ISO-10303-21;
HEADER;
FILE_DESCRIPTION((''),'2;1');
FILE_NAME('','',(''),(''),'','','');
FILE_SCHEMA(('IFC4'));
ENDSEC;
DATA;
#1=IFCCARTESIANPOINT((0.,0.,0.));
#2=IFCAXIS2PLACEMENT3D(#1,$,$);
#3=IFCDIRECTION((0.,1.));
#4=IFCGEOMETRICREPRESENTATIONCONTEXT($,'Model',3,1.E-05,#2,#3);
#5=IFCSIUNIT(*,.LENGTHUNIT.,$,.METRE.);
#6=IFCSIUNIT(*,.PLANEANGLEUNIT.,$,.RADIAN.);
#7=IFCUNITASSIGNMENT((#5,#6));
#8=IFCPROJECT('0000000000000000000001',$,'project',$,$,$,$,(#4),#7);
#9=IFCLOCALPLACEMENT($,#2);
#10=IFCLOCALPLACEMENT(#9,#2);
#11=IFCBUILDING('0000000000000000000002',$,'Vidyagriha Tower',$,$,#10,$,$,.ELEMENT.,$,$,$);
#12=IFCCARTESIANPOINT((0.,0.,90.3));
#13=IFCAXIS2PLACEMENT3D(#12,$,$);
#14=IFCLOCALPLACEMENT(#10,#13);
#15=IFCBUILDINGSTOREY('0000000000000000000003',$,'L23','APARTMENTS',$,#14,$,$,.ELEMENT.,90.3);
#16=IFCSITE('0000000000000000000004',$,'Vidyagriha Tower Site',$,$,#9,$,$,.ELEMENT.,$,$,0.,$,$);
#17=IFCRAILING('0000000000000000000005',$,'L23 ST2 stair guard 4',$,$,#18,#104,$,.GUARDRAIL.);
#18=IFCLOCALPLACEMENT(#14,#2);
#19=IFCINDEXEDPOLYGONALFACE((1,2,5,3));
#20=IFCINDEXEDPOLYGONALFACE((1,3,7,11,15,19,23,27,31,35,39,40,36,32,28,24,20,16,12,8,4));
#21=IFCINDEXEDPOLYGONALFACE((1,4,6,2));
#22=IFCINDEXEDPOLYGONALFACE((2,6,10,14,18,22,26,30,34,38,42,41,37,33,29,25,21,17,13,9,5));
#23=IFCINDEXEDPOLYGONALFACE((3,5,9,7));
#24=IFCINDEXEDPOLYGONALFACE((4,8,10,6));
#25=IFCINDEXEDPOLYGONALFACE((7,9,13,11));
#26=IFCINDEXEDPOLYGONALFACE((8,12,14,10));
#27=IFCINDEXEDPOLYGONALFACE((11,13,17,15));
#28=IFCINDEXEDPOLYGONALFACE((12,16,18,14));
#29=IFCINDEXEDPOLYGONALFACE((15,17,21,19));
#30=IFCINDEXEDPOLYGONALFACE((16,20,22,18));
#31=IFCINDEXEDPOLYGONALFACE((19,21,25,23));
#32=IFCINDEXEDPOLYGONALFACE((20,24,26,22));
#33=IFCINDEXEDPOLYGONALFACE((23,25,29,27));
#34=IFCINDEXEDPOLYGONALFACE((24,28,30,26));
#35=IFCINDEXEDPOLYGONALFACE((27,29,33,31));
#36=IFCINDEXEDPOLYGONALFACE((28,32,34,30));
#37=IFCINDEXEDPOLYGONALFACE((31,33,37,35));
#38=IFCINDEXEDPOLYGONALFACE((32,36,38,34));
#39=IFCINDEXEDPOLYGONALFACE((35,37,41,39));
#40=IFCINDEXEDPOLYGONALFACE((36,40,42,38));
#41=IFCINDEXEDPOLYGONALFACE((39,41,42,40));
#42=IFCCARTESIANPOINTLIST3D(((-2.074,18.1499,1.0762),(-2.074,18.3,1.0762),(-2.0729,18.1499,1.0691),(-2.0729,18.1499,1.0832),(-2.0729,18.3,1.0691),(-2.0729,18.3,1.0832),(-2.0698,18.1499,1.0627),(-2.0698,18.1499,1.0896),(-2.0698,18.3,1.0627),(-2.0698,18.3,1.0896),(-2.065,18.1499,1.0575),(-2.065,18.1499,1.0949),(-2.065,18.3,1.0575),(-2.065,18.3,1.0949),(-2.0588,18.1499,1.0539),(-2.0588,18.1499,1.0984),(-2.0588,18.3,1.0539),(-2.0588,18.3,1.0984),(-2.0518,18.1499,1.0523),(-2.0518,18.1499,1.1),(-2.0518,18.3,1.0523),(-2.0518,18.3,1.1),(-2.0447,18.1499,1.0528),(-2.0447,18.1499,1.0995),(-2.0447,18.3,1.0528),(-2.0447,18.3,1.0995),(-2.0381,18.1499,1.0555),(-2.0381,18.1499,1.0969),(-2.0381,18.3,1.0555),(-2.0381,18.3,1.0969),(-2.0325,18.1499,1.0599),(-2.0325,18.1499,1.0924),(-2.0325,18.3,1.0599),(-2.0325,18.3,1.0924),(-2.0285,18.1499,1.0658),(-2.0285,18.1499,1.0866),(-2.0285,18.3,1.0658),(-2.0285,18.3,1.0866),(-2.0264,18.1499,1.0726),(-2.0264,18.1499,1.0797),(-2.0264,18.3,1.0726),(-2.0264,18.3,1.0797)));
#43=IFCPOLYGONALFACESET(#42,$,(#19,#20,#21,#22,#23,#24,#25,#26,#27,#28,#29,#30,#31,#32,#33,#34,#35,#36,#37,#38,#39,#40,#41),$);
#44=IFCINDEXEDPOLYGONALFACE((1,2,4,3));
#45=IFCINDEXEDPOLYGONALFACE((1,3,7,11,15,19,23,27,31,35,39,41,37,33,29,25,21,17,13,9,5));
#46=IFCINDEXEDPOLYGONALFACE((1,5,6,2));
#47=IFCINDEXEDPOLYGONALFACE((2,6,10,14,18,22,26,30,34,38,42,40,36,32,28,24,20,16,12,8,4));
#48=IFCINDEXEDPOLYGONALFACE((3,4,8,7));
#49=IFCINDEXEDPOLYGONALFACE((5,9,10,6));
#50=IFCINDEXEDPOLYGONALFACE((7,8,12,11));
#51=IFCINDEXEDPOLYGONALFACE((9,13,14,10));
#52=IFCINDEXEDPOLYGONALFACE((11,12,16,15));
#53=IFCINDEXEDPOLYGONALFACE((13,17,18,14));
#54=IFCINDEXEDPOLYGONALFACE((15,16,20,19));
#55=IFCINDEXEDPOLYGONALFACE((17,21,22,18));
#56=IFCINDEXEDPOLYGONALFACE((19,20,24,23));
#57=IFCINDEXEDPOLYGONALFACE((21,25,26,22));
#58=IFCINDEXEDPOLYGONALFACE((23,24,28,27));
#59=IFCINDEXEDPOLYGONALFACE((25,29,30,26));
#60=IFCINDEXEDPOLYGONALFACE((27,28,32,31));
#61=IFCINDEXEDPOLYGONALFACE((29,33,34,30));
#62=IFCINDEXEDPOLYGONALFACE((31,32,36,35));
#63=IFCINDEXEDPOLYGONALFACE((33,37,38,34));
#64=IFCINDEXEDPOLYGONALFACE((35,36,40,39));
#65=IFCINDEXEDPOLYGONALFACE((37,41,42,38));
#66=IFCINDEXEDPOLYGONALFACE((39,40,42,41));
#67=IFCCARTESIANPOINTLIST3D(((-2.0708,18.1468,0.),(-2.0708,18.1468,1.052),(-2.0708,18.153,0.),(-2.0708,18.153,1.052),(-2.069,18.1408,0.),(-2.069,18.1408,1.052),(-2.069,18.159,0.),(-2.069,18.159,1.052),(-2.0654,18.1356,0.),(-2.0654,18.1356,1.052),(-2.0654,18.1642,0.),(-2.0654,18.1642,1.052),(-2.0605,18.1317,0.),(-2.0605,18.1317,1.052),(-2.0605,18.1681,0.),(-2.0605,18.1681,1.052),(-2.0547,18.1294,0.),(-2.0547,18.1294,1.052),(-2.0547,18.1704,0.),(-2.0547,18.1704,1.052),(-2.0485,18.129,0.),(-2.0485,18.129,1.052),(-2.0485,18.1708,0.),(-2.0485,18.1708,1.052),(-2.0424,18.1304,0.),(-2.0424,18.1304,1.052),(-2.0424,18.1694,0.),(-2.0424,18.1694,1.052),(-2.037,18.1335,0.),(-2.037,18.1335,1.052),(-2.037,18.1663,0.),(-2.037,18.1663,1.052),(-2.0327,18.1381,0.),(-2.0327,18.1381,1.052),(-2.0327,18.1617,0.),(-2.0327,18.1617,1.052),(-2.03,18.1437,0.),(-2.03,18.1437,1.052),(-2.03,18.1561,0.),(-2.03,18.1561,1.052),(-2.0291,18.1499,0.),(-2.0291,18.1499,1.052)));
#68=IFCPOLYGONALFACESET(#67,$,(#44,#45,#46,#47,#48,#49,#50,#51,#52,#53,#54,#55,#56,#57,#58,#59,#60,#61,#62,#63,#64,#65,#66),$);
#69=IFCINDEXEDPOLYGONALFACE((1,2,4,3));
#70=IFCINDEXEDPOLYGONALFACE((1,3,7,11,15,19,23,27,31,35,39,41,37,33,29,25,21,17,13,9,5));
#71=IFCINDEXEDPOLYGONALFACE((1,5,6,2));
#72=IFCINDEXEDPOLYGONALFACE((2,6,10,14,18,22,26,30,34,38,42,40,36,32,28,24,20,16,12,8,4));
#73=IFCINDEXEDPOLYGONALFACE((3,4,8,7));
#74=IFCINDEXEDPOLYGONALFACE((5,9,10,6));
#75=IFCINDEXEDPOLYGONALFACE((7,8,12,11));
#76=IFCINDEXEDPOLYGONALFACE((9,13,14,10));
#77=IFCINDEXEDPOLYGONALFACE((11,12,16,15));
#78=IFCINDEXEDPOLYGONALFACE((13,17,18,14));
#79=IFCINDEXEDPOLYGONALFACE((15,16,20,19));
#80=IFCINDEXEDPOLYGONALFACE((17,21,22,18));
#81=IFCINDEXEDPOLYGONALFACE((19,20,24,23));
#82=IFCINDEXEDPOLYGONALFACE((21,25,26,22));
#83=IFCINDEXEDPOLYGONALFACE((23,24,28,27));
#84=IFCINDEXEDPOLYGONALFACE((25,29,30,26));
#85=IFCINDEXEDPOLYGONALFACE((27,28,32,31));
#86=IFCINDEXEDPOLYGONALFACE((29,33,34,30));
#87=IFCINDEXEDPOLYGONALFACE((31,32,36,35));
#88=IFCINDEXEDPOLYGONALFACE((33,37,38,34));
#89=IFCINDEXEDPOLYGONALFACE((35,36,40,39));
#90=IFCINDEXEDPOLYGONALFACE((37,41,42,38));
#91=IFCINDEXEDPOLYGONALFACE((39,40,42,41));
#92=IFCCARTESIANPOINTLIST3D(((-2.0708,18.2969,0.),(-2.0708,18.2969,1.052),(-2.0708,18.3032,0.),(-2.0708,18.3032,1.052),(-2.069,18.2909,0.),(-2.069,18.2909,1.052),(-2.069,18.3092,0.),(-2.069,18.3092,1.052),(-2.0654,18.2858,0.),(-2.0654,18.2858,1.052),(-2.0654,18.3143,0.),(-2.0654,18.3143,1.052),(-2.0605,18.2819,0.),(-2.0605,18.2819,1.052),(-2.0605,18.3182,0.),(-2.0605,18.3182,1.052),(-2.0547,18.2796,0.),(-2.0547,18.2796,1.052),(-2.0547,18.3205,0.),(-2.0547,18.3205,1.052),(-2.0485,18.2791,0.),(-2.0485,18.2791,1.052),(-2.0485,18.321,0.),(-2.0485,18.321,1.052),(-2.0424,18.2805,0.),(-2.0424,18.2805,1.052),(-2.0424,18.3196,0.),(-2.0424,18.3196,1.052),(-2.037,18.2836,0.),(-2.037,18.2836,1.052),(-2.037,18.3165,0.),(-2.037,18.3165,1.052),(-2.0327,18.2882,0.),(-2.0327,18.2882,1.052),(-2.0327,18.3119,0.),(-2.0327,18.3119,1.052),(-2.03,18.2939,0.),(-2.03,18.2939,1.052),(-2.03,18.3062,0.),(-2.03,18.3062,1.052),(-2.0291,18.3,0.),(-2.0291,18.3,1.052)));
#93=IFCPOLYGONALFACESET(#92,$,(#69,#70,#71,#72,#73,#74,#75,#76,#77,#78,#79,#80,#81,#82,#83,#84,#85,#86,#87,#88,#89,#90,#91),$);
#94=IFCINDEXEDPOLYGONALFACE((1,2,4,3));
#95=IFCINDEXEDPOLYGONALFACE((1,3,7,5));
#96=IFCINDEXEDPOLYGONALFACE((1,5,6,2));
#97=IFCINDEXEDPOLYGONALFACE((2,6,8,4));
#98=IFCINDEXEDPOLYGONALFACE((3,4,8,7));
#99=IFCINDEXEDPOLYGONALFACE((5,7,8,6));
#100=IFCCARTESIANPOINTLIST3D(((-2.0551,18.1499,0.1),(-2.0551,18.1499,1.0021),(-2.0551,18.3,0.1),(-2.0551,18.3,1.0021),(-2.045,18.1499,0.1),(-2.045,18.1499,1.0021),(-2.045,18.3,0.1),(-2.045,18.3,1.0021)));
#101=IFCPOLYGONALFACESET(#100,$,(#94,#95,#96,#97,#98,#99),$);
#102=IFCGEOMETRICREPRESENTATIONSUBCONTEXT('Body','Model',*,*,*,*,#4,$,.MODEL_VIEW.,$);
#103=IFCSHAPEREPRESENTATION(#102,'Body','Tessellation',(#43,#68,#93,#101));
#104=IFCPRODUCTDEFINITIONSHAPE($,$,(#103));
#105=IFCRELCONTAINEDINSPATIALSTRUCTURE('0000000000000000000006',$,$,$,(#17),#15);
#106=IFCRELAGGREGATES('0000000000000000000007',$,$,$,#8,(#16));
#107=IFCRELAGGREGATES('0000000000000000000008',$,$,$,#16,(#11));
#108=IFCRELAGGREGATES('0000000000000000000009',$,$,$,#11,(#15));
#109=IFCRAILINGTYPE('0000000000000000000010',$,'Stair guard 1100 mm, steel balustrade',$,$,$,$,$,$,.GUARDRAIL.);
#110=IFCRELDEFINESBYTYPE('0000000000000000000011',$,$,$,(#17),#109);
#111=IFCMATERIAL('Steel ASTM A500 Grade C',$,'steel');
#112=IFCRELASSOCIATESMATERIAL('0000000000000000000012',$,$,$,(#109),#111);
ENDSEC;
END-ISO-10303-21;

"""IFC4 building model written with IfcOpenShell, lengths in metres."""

from ifc_helpers import new_model, si_unit, direction, frame, origin, origin_2d, place, context, subcontext, project, spatial, rectangle, circle, extrude, material, type_object, element, save


model = new_model("IFC4")

# Units and contexts
model_context = context("Model", 3, precision=1e-05, world=origin(), true_north=direction((0.0, 1.0)))
body_context = subcontext(model_context, "Body", "Model", "MODEL_VIEW")
ifc_project = project(units=[si_unit("LENGTHUNIT", "METRE"), si_unit("PLANEANGLEUNIT", "RADIAN")], contexts=[model_context])

# Site, building, storey
site_placement = place(None, origin())
site = spatial("IfcSite", under=ifc_project, at=site_placement, Name="Vidyagriha Tower Site", CompositionType="ELEMENT", RefElevation=0.0)
building_placement = place(site_placement, origin())
building = spatial("IfcBuilding", under=site, at=building_placement, Name="Vidyagriha Tower", CompositionType="ELEMENT")
storey_placement = place(building_placement, frame((0.0, 0.0, 90.3)))
storey = spatial("IfcBuildingStorey", under=building, at=storey_placement, Name="L23", Description="APARTMENTS", CompositionType="ELEMENT", Elevation=90.3)

# Railing
ifc_material_1 = material(Name="Steel ASTM A500 Grade C", Category="steel")
railing_type_1 = type_object("IfcRailingType", Name="Stair guard 1100 mm, steel balustrade", PredefinedType="GUARDRAIL", material=ifc_material_1)
railing_1_placement = place(storey_placement, frame((-2.05, 18.1499, 0.0)))
element("IfcRailing", 1, at=railing_1_placement, inside=storey, type_object=railing_type_1, Name="L23 ST2 stair guard 4", PredefinedType="GUARDRAIL", context=body_context, shape_type="SweptSolid", body=[
    extrude(circle(Radius=0.0239, at=origin_2d()), frame((0.0, 0.0, 1.0762), z_axis=(0.0, 1.0, 0.0), x_axis=(-1.0, 0.0, 0.0)), (0.0, 0.0, 1.0), 0.1501),
    extrude(circle(Radius=0.021, at=origin_2d()), origin(), (0.0, 0.0, 1.0), 1.052),
    extrude(circle(Radius=0.021, at=origin_2d()), frame((0.0, 0.1501, 0.0)), (0.0, 0.0, 1.0), 1.052),
    extrude(rectangle(XDim=0.01, YDim=0.9021, at=origin_2d()), frame((0.0, 0.0, 0.551), z_axis=(0.0, 1.0, 0.0), x_axis=(-1.0, 0.0, 0.0)), (0.0, 0.0, 1.0), 0.1501),
])

save(model, "model.ifc")
